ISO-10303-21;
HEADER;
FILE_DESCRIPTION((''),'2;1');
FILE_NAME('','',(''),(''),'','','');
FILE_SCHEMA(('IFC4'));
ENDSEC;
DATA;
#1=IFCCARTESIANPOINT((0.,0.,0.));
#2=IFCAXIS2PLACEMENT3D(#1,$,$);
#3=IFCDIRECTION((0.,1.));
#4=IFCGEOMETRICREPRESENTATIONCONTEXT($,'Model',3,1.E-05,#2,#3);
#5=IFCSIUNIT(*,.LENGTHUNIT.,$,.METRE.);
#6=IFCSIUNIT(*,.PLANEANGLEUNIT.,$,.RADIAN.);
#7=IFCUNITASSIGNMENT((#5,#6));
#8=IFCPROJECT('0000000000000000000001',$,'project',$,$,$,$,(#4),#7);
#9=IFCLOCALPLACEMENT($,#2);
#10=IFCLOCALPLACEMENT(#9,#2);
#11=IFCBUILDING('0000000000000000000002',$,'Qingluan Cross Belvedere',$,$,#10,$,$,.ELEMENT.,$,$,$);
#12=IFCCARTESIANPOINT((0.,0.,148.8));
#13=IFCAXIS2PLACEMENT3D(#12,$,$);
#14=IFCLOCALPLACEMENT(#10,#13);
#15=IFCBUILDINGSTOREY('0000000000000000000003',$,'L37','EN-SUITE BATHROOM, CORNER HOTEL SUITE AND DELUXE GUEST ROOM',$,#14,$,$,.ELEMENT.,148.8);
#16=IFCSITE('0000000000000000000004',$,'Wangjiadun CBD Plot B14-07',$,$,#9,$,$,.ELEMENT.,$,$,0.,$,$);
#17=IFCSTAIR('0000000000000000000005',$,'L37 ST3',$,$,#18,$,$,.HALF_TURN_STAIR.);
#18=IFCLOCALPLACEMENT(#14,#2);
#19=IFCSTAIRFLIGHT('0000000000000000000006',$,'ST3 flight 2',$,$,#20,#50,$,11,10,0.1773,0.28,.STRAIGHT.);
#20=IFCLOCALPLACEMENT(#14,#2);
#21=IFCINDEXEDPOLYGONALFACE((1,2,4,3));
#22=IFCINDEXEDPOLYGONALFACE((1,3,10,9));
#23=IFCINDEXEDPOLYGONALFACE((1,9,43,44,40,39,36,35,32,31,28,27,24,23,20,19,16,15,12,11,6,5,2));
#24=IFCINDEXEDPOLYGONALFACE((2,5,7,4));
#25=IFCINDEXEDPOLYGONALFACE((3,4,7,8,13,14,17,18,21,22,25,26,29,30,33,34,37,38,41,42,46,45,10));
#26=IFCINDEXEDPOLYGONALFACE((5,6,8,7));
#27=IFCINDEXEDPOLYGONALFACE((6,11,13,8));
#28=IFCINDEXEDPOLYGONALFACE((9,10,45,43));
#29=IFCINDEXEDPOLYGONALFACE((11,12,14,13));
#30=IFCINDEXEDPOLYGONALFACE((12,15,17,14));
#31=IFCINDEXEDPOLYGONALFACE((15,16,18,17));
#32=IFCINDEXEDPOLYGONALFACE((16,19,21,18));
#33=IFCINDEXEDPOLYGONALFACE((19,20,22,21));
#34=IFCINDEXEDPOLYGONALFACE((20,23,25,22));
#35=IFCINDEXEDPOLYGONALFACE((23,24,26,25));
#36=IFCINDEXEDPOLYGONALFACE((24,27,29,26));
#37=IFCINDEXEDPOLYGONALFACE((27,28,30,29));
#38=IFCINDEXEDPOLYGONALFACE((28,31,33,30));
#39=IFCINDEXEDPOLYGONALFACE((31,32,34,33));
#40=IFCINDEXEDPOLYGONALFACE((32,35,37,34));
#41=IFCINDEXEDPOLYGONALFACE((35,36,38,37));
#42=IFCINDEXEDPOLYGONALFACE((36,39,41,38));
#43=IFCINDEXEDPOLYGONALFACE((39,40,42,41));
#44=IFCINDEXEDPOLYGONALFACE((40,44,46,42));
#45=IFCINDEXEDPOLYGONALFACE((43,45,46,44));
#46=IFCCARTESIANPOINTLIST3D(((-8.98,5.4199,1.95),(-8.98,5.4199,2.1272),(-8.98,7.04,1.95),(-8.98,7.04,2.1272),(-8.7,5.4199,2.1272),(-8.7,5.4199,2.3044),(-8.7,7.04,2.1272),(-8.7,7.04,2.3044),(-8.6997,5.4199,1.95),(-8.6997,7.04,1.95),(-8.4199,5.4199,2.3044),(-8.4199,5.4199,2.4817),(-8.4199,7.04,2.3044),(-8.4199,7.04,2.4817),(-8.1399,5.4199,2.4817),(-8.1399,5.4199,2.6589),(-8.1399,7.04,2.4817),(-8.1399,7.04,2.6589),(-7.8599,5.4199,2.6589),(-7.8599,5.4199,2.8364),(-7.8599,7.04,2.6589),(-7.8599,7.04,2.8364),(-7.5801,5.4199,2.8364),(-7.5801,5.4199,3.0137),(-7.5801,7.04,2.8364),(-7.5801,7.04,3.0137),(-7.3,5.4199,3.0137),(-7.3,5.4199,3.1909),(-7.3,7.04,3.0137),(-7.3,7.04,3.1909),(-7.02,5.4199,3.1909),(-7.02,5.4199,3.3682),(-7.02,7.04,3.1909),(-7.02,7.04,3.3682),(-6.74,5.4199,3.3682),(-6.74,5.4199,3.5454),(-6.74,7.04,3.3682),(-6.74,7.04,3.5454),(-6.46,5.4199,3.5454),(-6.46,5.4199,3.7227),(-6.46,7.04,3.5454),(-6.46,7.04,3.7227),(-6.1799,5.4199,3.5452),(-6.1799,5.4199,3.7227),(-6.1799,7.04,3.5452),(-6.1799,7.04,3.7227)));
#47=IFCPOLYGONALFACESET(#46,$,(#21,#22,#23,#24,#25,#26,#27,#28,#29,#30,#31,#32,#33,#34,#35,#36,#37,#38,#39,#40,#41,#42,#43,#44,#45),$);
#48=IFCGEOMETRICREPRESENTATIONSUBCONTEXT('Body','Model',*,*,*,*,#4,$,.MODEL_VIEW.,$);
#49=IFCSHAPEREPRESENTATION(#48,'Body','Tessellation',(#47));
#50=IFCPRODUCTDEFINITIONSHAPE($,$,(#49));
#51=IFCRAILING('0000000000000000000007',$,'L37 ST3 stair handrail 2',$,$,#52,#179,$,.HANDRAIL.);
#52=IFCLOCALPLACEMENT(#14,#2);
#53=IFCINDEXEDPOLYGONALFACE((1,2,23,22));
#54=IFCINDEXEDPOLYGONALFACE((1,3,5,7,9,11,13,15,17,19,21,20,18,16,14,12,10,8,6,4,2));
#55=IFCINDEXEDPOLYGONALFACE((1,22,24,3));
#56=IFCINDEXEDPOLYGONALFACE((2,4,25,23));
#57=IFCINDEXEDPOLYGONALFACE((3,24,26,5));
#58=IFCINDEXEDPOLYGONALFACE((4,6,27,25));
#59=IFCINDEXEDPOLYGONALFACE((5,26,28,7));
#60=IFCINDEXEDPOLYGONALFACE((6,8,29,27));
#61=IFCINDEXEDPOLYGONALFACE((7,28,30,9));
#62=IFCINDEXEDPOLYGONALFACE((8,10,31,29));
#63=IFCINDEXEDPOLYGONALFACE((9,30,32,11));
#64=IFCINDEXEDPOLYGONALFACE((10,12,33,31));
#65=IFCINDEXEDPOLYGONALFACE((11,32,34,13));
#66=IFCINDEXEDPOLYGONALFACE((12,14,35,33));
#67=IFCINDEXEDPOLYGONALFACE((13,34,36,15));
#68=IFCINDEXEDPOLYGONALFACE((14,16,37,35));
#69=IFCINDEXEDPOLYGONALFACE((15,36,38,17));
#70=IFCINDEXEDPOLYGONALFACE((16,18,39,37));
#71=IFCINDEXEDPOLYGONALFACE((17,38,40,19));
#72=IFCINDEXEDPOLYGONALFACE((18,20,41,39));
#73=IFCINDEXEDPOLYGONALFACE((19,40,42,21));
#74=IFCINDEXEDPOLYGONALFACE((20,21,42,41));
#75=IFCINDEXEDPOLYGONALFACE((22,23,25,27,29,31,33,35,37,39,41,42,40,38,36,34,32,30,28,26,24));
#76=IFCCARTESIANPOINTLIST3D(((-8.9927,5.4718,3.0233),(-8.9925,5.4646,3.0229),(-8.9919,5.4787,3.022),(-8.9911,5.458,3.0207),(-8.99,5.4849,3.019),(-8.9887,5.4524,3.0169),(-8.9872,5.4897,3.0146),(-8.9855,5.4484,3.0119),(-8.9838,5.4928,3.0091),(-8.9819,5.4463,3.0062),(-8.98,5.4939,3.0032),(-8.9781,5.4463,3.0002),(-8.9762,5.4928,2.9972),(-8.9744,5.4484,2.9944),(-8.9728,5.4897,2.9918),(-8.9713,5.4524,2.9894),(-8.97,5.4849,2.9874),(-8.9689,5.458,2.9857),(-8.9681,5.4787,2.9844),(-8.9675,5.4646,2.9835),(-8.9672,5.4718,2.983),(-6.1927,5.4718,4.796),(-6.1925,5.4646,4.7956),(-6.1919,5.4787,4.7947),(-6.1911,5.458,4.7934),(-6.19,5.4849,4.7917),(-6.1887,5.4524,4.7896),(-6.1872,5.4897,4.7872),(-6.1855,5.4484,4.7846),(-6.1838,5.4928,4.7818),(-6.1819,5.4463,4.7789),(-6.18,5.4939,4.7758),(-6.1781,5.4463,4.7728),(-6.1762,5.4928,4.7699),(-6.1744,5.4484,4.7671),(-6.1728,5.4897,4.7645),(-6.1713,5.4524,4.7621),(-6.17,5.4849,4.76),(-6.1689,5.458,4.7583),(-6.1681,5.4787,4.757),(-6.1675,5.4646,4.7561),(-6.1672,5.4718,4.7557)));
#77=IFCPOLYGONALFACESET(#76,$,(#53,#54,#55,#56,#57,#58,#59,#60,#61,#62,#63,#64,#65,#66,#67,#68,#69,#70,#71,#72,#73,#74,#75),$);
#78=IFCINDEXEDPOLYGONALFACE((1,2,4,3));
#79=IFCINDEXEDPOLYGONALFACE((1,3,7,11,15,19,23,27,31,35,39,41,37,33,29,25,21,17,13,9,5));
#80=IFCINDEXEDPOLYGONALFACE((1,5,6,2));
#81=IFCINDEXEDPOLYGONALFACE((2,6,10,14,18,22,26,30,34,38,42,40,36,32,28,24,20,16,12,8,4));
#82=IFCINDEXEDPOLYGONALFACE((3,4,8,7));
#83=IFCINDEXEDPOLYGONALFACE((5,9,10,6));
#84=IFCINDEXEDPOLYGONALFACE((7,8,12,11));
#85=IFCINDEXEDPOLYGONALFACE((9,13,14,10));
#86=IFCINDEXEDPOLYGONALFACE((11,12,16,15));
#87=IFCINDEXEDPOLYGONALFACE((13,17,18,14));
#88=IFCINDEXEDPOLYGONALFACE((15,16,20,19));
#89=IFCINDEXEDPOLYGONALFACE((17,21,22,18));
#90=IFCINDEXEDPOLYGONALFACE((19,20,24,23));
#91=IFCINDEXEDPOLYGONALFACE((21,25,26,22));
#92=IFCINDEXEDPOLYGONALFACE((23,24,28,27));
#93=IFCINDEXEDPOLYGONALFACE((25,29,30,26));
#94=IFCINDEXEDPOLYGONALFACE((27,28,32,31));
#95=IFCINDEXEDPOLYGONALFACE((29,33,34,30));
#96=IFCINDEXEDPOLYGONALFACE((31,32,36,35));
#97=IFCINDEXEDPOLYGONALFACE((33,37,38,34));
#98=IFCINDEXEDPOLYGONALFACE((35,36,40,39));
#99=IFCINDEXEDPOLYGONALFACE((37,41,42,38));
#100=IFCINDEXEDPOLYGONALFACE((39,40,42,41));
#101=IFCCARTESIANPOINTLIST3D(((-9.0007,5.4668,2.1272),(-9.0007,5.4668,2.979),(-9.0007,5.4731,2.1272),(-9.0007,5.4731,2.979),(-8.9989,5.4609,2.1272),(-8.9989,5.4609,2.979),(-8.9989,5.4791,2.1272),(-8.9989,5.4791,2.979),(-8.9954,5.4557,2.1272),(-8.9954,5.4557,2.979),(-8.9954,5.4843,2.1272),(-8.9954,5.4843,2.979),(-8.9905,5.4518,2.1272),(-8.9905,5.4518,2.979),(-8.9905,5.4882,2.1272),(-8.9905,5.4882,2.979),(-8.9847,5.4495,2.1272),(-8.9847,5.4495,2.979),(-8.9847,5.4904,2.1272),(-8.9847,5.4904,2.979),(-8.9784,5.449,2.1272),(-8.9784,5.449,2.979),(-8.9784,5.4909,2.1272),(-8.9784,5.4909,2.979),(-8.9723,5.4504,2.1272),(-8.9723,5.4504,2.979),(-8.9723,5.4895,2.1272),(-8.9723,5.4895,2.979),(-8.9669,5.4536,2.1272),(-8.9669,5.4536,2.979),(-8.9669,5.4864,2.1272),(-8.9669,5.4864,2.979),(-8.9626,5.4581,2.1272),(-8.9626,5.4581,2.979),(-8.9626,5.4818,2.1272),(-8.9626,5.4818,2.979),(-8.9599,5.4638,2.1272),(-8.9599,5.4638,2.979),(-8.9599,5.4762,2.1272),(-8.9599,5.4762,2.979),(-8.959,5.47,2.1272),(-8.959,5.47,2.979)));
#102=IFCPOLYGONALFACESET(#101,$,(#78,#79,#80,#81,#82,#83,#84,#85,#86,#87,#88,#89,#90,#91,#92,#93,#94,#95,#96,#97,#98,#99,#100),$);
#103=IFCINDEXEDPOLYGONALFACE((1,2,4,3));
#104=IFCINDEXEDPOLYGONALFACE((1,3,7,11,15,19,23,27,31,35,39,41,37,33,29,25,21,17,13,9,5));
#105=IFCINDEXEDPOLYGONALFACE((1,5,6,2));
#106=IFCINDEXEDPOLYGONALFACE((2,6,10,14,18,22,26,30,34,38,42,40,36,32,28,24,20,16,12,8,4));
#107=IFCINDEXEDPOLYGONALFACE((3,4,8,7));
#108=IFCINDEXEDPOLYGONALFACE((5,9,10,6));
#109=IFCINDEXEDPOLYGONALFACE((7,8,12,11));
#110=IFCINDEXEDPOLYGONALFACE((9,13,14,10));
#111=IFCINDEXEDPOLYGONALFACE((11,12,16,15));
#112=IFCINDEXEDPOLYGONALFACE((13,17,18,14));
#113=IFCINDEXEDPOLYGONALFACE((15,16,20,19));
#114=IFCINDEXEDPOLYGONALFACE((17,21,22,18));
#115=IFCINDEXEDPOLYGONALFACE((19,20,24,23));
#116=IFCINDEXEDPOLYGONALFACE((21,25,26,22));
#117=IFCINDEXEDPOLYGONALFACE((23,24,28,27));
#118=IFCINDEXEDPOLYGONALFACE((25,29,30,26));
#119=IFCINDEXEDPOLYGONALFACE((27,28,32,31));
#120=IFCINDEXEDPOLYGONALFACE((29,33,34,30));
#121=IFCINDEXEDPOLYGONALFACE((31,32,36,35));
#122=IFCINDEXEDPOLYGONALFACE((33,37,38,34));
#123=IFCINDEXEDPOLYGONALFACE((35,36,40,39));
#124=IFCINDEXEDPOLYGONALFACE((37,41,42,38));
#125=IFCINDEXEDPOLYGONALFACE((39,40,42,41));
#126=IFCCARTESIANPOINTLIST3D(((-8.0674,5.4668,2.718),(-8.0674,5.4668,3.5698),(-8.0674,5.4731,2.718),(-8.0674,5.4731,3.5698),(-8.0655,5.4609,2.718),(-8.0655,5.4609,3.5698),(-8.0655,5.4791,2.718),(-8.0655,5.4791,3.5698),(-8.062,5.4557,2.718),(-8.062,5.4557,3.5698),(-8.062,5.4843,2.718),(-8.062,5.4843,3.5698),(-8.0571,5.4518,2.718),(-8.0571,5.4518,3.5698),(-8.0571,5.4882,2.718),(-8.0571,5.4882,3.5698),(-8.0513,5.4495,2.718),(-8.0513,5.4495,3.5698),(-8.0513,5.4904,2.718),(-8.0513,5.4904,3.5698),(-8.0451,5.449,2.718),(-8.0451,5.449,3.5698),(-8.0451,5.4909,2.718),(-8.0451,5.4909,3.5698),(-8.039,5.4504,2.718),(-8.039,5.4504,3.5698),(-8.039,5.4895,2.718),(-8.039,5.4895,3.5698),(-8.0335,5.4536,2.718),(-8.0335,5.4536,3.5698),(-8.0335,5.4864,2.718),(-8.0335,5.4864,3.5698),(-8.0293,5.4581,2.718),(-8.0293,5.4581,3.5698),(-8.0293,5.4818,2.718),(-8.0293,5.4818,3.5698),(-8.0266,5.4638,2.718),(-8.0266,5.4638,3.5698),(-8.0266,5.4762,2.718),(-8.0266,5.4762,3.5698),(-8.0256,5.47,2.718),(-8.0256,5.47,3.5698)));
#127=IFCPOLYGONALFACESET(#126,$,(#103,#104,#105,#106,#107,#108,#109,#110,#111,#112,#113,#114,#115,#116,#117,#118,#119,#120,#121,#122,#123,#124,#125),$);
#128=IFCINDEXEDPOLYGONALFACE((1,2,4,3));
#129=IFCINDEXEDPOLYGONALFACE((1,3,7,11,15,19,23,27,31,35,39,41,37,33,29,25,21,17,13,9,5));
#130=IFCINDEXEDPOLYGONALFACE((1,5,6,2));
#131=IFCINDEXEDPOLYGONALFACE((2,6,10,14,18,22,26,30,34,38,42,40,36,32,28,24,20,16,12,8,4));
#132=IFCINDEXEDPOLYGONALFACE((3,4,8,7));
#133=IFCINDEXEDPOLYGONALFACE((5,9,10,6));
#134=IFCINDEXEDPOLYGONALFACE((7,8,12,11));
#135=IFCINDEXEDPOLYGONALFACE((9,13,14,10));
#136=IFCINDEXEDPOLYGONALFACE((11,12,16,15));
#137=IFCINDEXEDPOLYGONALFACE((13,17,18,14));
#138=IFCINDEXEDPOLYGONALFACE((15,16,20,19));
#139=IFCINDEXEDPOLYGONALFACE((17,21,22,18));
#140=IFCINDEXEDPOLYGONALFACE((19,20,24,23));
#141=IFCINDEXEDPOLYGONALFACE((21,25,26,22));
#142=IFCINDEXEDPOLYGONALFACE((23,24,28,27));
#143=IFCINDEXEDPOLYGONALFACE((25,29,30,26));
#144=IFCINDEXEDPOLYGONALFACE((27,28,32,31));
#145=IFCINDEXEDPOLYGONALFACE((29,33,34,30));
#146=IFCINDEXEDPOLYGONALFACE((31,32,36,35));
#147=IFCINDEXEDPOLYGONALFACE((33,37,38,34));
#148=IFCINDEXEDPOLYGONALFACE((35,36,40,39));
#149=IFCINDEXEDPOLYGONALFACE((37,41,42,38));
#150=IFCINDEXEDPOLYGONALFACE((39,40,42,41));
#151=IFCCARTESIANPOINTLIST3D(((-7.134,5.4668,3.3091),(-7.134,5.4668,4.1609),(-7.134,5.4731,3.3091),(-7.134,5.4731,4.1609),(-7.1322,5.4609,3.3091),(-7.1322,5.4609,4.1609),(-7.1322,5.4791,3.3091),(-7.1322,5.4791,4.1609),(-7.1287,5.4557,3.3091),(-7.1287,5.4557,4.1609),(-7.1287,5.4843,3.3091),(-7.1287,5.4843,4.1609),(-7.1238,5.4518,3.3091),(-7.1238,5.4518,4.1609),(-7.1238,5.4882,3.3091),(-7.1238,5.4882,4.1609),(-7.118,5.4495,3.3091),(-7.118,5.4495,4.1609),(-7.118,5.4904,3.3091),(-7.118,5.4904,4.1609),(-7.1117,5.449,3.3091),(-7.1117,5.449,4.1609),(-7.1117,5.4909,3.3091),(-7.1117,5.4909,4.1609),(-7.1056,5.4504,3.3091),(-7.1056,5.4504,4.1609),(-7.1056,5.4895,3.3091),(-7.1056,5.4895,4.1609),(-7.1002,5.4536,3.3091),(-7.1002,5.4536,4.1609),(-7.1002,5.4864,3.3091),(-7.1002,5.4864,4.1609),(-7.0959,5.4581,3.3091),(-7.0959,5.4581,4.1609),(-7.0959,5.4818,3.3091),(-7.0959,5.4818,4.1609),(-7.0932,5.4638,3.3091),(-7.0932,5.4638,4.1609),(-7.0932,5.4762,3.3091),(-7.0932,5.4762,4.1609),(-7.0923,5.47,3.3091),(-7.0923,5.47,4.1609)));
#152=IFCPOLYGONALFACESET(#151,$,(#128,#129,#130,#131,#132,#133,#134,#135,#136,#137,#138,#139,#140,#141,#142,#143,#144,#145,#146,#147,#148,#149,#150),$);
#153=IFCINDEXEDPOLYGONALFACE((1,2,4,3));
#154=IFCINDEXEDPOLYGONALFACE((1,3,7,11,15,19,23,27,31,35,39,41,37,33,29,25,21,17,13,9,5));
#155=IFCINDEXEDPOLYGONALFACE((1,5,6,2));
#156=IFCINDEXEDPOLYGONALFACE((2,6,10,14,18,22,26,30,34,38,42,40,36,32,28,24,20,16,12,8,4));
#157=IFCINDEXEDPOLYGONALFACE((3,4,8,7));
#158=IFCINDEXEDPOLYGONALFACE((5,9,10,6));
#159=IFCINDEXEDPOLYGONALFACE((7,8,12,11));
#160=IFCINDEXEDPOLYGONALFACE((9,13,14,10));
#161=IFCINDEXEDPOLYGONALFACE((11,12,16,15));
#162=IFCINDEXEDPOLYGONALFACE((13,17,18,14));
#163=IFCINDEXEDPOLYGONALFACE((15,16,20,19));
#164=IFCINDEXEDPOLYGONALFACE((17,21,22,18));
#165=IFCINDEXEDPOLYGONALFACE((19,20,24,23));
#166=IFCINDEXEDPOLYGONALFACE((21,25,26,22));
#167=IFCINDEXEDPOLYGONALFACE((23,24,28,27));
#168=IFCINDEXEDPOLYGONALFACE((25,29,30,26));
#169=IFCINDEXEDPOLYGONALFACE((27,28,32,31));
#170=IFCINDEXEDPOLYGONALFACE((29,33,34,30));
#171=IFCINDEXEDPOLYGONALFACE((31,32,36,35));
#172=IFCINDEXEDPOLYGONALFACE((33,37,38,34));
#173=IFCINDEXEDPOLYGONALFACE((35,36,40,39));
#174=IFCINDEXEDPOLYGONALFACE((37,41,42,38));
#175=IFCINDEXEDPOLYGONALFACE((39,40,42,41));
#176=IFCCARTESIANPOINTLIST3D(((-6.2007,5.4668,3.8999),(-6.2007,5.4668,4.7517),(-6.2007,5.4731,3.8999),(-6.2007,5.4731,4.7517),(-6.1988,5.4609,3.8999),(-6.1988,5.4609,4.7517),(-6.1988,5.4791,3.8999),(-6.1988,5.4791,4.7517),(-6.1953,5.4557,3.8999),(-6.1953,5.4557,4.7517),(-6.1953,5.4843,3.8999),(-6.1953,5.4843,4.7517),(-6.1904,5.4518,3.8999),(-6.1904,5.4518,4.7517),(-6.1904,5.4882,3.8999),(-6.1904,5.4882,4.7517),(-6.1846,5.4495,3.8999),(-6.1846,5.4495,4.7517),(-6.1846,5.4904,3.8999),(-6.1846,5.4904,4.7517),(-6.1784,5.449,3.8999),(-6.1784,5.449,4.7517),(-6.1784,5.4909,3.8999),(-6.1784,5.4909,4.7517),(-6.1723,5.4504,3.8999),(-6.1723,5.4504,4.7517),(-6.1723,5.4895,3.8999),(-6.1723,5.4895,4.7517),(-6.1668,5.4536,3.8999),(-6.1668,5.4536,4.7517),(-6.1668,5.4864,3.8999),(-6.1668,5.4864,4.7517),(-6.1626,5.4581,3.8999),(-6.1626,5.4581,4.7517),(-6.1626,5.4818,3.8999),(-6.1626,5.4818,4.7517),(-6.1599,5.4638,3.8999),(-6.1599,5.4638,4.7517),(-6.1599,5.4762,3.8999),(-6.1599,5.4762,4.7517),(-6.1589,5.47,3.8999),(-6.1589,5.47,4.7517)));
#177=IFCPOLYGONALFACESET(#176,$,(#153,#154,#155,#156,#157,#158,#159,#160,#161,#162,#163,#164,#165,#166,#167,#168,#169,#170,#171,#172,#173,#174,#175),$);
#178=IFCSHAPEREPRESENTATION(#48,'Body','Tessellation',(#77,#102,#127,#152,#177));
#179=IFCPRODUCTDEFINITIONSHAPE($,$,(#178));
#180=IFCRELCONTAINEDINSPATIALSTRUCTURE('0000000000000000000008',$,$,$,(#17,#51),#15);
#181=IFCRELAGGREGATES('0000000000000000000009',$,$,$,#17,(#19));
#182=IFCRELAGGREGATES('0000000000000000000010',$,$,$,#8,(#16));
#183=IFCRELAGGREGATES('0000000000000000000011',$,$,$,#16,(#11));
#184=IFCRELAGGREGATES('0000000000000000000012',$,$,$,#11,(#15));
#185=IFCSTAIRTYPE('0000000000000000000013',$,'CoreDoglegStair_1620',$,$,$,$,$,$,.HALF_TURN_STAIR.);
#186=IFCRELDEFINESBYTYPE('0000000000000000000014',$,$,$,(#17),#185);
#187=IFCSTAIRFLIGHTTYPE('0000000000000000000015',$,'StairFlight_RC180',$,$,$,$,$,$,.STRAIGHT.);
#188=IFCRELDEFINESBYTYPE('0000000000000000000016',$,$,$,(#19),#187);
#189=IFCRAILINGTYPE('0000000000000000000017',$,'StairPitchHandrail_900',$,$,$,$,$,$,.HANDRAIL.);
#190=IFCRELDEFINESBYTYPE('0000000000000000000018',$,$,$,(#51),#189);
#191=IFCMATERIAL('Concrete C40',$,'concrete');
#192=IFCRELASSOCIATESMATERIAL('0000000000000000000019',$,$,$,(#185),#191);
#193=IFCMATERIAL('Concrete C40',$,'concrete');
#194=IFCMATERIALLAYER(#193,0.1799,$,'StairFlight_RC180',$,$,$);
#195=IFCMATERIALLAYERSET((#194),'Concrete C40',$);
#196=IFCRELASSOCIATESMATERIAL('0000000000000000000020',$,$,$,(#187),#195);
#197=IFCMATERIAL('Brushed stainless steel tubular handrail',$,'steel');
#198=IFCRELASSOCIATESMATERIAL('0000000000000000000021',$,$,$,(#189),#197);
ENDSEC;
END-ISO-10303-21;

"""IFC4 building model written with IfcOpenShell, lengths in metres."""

from ifc_helpers import new_model, si_unit, direction, frame, origin, origin_2d, place, context, subcontext, project, spatial, polyline, circle, outline, extrude, material, layer, layer_set, type_object, element, aggregate, save


model = new_model("IFC4")

# Units and contexts
model_context = context("Model", 3, precision=1e-05, world=origin(), true_north=direction((0.0, 1.0)))
body_context = subcontext(model_context, "Body", "Model", "MODEL_VIEW")
ifc_project = project(units=[si_unit("LENGTHUNIT", "METRE"), si_unit("PLANEANGLEUNIT", "RADIAN")], contexts=[model_context])

# Site, building, storey
site_placement = place(None, origin())
site = spatial("IfcSite", under=ifc_project, at=site_placement, Name="Wangjiadun CBD Plot B14-07", CompositionType="ELEMENT", RefElevation=0.0)
building_placement = place(site_placement, origin())
building = spatial("IfcBuilding", under=site, at=building_placement, Name="Qingluan Cross Belvedere", CompositionType="ELEMENT")
storey_placement = place(building_placement, frame((0.0, 0.0, 148.8)))
storey = spatial("IfcBuildingStorey", under=building, at=storey_placement, Name="L37", Description="EN-SUITE BATHROOM, CORNER HOTEL SUITE AND DELUXE GUEST ROOM", CompositionType="ELEMENT", Elevation=148.8)

# Stair, stair flight
ifc_material_1 = material(Name="Concrete C40", Category="concrete")
stair_type = type_object("IfcStairType", Name="CoreDoglegStair_1620", PredefinedType="HALF_TURN_STAIR", material=ifc_material_1)
stair_placement = place(storey_placement, origin())
stair = element("IfcStair", 1, at=stair_placement, inside=storey, type_object=stair_type, Name="L37 ST3", PredefinedType="HALF_TURN_STAIR")
ifc_material_2 = material(Name="Concrete C40", Category="concrete")
ifc_layer_1 = layer(ifc_material_2, 0.1799, Name="StairFlight_RC180")
ifc_layer_set_1 = layer_set([ifc_layer_1], Name="Concrete C40")
stair_flight_type = type_object("IfcStairFlightType", Name="StairFlight_RC180", PredefinedType="STRAIGHT", material=ifc_layer_set_1)
stair_flight_placement = place(storey_placement, frame((-8.98, 6.23, 1.95), z_axis=(0.0, 0.0, 1.0), x_axis=(1.0, 0.0, 0.0)))
stair_flight = element("IfcStairFlight", 2, at=stair_flight_placement, type_object=stair_flight_type, Name="ST3 flight 2", NumberOfRisers=11, NumberOfTreads=10, PredefinedType="STRAIGHT", RiserHeight=0.1773, TreadLength=0.28, context=body_context, shape_type="SweptSolid", body=[
    extrude(outline(polyline([(0.0, 0.0), (0.0, 0.1772), (0.28, 0.1772), (0.28, 0.3545), (0.5601, 0.3545), (0.5601, 0.5317), (0.8401, 0.5317), (0.8401, 0.709), (1.1201, 0.709), (1.1201, 0.8865), (1.3999, 0.8865), (1.3999, 1.0637), (1.6799, 1.0637), (1.6799, 1.241), (1.96, 1.241), (1.96, 1.4182), (2.24, 1.4182), (2.24, 1.5955), (2.52, 1.5955), (2.52, 1.7727), (2.8, 1.7727), (2.8, 1.95), (2.8, 1.5952), (0.2803, 0.0), (0.0, 0.0)])), frame((0.0, 0.8101, 0.0), z_axis=(0.0, -1.0, 0.0), x_axis=(1.0, 0.0, 0.0)), (0.0, 0.0, 1.0), 1.6201),
])
aggregate(stair, [stair_flight])

# Railing
ifc_material_3 = material(Name="Brushed stainless steel tubular handrail", Category="steel")
railing_type_1 = type_object("IfcRailingType", Name="StairPitchHandrail_900", PredefinedType="HANDRAIL", material=ifc_material_3)
railing_1_placement = place(storey_placement, frame((-8.98, 5.47, 2.1272)))
element("IfcRailing", 3, at=railing_1_placement, inside=storey, type_object=railing_type_1, Name="L37 ST3 stair handrail 2", PredefinedType="HANDRAIL", context=body_context, shape_type="SweptSolid", body=[
    extrude(circle(Radius=0.0239, at=origin_2d()), frame((0.0, 0.0, 0.876), z_axis=(0.844909, 0.0, 0.53491), x_axis=(0.0, 1.0, 0.0)), (0.0, 0.0, 1.0), 3.314),
    extrude(circle(Radius=0.021, at=origin_2d()), origin(), (0.0, 0.0, 1.0), 0.8518),
    extrude(circle(Radius=0.021, at=origin_2d()), frame((0.9333, 0.0, 0.5908)), (0.0, 0.0, 1.0), 0.8518),
    extrude(circle(Radius=0.021, at=origin_2d()), frame((1.8667, 0.0, 1.1819)), (0.0, 0.0, 1.0), 0.8518),
    extrude(circle(Radius=0.021, at=origin_2d()), frame((2.8, 0.0, 1.7727)), (0.0, 0.0, 1.0), 0.8518),
])

save(model, "model.ifc")
